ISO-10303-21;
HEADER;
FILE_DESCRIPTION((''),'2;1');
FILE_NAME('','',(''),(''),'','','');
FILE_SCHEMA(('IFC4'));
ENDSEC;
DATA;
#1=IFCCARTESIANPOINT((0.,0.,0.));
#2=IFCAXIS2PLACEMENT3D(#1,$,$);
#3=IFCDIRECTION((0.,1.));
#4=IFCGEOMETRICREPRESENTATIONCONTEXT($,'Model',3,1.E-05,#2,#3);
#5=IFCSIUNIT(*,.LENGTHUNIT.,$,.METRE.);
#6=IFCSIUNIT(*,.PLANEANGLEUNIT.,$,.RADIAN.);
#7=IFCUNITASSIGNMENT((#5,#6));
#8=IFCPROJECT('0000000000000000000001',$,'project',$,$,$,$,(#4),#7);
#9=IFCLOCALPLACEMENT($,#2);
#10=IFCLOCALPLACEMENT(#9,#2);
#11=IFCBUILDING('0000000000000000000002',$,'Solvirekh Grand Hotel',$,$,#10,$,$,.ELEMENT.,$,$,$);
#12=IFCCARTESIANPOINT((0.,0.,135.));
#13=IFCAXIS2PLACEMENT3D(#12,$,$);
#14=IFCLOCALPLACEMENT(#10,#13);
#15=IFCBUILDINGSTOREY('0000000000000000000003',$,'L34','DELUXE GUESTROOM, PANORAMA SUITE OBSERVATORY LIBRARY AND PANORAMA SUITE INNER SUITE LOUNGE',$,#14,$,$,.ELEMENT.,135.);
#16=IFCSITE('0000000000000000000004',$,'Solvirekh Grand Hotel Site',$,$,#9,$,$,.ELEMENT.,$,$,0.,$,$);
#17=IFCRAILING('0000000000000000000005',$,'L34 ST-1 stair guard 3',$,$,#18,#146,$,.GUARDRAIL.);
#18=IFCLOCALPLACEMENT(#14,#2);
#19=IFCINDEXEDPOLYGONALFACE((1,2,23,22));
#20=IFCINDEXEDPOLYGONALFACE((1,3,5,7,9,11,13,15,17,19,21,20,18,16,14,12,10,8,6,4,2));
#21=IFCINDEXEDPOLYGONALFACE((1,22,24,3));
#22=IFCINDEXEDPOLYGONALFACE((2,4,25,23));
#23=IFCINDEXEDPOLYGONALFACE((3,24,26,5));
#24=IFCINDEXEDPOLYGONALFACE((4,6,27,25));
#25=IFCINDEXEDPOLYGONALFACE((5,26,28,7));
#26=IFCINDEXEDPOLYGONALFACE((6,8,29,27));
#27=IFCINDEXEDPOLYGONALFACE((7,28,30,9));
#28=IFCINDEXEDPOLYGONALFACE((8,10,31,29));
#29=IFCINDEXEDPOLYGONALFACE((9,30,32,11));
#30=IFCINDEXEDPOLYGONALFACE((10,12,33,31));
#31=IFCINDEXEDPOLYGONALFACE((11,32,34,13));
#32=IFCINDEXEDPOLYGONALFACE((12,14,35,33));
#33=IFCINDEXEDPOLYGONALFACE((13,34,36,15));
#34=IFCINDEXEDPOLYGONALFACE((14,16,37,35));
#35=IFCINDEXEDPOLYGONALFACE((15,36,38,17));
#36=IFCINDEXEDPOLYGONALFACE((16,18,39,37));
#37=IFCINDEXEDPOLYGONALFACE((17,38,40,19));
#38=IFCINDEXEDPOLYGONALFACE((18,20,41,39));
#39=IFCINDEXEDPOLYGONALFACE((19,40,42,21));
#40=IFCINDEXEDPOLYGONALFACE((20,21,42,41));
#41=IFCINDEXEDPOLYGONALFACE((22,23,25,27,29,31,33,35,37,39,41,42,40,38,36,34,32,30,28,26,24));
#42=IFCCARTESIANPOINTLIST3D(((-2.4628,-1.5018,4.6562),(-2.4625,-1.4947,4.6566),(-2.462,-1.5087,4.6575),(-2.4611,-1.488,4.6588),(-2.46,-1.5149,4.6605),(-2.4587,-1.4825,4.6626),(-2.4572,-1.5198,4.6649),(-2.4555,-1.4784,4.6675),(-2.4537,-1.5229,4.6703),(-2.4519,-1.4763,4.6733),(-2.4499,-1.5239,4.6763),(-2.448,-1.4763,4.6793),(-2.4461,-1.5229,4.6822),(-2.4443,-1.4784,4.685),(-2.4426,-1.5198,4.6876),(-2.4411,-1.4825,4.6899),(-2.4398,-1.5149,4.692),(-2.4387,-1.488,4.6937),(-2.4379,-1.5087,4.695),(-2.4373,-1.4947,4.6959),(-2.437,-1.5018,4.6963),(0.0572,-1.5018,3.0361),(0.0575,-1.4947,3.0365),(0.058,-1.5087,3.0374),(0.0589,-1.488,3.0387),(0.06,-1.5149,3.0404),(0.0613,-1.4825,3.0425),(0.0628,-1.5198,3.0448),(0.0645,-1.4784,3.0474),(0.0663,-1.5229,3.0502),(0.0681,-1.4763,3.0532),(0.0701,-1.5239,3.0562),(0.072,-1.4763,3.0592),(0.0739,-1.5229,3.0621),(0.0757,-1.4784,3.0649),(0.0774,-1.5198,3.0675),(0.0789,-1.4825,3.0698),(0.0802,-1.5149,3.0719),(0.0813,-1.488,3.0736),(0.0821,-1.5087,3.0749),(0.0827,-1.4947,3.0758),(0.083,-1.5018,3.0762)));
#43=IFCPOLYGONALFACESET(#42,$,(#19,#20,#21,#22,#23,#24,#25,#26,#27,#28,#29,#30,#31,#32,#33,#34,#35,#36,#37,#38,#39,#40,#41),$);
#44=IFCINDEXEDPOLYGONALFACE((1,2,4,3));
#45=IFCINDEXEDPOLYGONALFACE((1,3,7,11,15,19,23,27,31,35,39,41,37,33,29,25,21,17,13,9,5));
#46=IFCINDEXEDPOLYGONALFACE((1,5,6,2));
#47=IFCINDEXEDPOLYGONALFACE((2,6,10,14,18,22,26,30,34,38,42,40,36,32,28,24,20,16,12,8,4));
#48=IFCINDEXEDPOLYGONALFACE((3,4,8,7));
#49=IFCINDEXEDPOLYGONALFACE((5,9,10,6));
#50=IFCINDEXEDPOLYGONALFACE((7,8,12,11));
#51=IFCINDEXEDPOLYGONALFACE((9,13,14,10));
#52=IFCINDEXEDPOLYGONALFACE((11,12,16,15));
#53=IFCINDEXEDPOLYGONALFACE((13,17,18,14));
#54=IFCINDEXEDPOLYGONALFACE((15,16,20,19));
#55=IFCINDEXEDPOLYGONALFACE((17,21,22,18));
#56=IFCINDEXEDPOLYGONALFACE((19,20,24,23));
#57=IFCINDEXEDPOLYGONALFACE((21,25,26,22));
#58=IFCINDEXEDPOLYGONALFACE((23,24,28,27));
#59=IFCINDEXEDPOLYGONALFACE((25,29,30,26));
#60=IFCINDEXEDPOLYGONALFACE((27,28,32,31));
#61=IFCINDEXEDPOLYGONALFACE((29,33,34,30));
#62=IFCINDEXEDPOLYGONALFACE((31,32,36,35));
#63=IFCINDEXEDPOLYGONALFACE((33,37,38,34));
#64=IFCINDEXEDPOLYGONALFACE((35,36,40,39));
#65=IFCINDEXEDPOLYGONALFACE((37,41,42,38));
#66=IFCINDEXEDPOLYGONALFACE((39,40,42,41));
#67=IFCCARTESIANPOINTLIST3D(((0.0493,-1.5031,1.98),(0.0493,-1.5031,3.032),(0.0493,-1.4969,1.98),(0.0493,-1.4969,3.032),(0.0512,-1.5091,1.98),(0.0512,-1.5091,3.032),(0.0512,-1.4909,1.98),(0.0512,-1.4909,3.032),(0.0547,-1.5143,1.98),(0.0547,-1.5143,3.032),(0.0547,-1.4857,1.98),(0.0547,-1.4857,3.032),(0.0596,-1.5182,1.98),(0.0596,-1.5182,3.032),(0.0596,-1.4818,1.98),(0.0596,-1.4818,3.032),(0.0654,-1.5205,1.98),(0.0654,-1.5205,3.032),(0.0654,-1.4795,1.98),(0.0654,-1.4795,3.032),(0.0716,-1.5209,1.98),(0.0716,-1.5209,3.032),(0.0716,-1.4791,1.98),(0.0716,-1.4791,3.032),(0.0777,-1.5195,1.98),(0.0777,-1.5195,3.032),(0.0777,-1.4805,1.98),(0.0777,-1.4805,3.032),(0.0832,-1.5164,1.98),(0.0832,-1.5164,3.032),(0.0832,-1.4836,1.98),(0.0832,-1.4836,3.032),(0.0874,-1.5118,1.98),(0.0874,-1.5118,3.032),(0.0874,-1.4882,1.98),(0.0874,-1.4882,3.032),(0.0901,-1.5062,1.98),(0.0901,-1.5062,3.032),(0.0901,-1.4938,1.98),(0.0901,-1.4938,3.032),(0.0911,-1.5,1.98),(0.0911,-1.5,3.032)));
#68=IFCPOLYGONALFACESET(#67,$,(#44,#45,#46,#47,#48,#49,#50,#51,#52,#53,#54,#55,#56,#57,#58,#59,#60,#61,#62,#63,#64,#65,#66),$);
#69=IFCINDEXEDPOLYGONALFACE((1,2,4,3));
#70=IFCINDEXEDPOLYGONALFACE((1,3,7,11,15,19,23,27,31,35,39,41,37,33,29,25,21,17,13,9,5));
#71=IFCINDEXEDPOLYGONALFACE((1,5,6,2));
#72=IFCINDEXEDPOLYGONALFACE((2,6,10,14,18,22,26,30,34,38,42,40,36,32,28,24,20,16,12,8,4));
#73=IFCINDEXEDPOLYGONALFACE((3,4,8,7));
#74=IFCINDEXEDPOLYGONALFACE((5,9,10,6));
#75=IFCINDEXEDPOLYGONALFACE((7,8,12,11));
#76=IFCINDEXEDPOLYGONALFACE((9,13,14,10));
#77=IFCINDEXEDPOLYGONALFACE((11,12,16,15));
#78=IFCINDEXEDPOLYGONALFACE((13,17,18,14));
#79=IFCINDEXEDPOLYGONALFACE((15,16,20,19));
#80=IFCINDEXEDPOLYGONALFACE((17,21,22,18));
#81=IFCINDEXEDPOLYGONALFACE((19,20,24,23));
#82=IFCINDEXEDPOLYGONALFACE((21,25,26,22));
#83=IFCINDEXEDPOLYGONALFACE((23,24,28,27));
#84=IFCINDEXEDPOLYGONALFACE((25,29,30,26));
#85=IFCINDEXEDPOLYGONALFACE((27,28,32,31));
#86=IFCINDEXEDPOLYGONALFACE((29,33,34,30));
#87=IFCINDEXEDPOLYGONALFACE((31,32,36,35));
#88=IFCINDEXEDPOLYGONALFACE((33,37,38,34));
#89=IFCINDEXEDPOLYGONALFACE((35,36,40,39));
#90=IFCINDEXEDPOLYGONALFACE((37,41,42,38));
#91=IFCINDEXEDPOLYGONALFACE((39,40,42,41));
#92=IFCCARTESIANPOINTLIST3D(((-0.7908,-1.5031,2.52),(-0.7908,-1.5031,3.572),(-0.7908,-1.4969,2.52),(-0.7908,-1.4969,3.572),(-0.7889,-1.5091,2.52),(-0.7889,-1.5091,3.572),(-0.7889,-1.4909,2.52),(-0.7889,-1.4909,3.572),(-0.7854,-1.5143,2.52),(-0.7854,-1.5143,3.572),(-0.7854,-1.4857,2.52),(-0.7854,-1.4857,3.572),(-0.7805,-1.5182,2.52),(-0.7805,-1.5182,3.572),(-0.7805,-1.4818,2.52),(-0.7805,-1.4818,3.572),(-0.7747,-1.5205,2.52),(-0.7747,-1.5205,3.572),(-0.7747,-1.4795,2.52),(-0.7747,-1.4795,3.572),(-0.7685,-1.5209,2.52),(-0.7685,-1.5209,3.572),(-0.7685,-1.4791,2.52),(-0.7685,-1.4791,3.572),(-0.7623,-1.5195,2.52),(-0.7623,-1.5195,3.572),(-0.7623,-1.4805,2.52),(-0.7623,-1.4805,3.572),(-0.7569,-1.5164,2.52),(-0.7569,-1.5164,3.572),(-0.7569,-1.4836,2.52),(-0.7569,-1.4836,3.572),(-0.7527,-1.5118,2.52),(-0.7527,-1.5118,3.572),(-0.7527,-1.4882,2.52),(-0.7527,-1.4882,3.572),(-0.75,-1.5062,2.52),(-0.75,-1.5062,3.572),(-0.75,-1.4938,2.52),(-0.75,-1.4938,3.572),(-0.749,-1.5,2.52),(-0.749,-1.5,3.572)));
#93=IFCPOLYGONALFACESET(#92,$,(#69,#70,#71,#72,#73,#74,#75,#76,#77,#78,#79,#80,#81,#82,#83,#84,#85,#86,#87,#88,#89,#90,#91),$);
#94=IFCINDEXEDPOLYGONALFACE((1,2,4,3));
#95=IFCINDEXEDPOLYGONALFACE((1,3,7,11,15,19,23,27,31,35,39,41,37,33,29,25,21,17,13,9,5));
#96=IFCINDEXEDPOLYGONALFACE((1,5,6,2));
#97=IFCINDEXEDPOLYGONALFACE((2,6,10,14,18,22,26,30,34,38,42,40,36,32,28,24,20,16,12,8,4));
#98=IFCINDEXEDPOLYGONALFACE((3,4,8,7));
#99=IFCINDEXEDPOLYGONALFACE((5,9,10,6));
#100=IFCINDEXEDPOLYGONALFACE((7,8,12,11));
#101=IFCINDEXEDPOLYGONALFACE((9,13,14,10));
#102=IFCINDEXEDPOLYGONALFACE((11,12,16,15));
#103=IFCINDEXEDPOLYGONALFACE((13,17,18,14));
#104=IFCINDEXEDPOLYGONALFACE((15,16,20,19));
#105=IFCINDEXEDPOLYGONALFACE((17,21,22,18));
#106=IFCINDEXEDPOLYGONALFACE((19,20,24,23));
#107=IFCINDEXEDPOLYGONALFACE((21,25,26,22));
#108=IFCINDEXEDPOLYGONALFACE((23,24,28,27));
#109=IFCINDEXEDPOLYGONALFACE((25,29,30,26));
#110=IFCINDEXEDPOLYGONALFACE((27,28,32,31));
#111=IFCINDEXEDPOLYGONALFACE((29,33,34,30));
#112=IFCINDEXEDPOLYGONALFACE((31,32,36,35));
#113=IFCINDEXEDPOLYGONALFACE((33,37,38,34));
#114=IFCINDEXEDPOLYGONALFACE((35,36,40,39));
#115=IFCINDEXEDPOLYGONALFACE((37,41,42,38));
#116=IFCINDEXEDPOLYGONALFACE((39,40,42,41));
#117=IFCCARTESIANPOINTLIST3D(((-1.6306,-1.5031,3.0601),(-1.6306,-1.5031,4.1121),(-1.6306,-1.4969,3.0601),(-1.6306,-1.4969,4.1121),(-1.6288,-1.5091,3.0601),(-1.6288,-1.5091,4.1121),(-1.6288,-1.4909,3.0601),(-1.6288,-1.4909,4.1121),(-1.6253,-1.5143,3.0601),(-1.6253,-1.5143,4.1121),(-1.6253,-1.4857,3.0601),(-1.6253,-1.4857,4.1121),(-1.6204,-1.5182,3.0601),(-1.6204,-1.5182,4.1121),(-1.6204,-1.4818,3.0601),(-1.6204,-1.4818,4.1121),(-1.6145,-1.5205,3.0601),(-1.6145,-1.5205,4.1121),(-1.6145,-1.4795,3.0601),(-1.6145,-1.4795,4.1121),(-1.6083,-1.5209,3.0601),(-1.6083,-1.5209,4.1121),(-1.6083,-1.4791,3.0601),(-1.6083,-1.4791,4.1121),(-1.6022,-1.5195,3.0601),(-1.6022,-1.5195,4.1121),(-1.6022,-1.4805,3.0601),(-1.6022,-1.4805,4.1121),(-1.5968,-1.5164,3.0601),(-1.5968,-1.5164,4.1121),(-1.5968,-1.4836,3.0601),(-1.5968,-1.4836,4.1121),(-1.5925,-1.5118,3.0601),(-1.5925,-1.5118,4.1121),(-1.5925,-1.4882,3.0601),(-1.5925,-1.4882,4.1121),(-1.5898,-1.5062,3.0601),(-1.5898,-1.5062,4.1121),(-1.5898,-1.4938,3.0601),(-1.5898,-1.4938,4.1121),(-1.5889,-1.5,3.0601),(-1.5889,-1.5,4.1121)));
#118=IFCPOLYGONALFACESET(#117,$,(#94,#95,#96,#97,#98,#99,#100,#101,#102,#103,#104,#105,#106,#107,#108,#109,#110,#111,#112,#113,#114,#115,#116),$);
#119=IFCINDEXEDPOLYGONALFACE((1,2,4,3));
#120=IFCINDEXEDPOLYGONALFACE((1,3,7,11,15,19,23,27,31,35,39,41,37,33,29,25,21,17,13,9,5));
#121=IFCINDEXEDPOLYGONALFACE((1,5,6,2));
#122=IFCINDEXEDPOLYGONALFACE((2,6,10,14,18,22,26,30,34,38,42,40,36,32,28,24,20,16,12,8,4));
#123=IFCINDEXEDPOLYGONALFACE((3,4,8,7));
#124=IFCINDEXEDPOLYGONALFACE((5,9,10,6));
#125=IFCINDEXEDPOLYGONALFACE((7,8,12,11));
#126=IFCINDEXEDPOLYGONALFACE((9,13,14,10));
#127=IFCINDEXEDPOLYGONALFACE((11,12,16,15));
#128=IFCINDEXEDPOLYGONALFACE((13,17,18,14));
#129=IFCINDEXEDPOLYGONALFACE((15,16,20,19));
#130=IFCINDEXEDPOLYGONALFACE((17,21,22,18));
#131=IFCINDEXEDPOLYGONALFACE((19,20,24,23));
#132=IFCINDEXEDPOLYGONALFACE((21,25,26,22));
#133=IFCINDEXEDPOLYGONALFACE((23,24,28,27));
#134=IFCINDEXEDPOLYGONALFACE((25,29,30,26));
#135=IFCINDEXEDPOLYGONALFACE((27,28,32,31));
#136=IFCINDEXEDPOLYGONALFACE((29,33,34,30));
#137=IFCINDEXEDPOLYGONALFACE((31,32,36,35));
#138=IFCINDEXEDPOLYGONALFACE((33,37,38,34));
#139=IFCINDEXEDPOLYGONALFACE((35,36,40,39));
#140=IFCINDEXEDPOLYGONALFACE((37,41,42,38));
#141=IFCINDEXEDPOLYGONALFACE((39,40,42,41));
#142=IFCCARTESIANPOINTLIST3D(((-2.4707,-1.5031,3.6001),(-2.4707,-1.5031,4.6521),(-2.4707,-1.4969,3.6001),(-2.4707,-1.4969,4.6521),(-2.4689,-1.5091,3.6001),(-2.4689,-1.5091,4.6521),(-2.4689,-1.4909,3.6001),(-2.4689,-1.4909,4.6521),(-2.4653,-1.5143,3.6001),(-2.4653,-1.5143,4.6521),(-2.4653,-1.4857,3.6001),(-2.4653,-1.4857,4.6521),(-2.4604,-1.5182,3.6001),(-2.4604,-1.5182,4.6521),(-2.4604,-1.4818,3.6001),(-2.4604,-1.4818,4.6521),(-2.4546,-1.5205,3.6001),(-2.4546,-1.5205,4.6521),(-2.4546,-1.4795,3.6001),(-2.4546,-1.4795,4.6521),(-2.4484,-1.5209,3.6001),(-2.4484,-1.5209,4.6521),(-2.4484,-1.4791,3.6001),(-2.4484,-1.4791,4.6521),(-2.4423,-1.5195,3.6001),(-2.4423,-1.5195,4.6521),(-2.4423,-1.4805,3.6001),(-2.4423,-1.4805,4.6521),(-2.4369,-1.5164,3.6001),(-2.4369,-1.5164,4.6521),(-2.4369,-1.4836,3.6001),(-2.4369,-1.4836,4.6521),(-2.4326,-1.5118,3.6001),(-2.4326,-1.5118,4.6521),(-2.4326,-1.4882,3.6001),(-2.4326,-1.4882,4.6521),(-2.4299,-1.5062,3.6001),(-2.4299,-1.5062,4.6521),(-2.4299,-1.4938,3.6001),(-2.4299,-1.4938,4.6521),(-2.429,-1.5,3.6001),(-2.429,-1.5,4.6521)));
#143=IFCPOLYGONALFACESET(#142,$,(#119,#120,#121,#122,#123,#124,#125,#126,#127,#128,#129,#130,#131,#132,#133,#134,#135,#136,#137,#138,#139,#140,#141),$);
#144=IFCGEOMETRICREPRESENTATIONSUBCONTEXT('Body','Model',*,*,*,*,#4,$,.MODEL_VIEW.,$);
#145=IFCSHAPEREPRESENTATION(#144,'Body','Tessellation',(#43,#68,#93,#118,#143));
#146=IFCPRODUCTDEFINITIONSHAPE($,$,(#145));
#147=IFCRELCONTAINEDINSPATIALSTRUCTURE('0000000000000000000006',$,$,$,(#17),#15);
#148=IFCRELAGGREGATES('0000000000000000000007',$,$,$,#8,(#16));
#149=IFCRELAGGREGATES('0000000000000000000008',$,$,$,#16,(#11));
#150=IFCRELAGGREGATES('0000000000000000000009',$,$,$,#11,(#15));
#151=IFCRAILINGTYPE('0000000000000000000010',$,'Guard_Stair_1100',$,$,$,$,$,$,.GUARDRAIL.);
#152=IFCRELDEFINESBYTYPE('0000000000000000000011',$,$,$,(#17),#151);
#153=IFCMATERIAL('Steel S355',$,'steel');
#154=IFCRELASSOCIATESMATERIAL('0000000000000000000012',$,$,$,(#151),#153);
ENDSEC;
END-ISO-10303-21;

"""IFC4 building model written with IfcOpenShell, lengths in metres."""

from ifc_helpers import new_model, si_unit, direction, frame, origin, origin_2d, place, context, subcontext, project, spatial, circle, extrude, material, type_object, element, save


model = new_model("IFC4")

# Units and contexts
model_context = context("Model", 3, precision=1e-05, world=origin(), true_north=direction((0.0, 1.0)))
body_context = subcontext(model_context, "Body", "Model", "MODEL_VIEW")
ifc_project = project(units=[si_unit("LENGTHUNIT", "METRE"), si_unit("PLANEANGLEUNIT", "RADIAN")], contexts=[model_context])

# Site, building, storey
site_placement = place(None, origin())
site = spatial("IfcSite", under=ifc_project, at=site_placement, Name="Solvirekh Grand Hotel Site", CompositionType="ELEMENT", RefElevation=0.0)
building_placement = place(site_placement, origin())
building = spatial("IfcBuilding", under=site, at=building_placement, Name="Solvirekh Grand Hotel", CompositionType="ELEMENT")
storey_placement = place(building_placement, frame((0.0, 0.0, 135.0)))
storey = spatial("IfcBuildingStorey", under=building, at=storey_placement, Name="L34", Description="DELUXE GUESTROOM, PANORAMA SUITE OBSERVATORY LIBRARY AND PANORAMA SUITE INNER SUITE LOUNGE", CompositionType="ELEMENT", Elevation=135.0)

# Shared definitions
ifc_material_1 = material(Name="Steel S355", Category="steel")

# Railing
railing_type = type_object("IfcRailingType", Name="Guard_Stair_1100", PredefinedType="GUARDRAIL", material=ifc_material_1)
railing_1_placement = place(storey_placement, frame((0.0701, -1.5, 1.98)))
element("IfcRailing", 1, at=railing_1_placement, inside=storey, type_object=railing_type, Name="L34 ST-1 stair guard 3", PredefinedType="GUARDRAIL", context=body_context, shape_type="SweptSolid", body=[
    extrude(circle(Radius=0.0239, at=origin_2d()), frame((0.0, 0.0, 1.0762), z_axis=(-0.841163, 0.0, 0.540782), x_axis=(0.0, -1.0, 0.0)), (0.0, 0.0, 1.0), 2.9958),
    extrude(circle(Radius=0.021, at=origin_2d()), origin(), (0.0, 0.0, 1.0), 1.052),
    extrude(circle(Radius=0.021, at=origin_2d()), frame((-0.8401, 0.0, 0.54)), (0.0, 0.0, 1.0), 1.052),
    extrude(circle(Radius=0.021, at=origin_2d()), frame((-1.6799, 0.0, 1.0801)), (0.0, 0.0, 1.0), 1.052),
    extrude(circle(Radius=0.021, at=origin_2d()), frame((-2.52, 0.0, 1.6201)), (0.0, 0.0, 1.0), 1.052),
])

save(model, "model.ifc")
